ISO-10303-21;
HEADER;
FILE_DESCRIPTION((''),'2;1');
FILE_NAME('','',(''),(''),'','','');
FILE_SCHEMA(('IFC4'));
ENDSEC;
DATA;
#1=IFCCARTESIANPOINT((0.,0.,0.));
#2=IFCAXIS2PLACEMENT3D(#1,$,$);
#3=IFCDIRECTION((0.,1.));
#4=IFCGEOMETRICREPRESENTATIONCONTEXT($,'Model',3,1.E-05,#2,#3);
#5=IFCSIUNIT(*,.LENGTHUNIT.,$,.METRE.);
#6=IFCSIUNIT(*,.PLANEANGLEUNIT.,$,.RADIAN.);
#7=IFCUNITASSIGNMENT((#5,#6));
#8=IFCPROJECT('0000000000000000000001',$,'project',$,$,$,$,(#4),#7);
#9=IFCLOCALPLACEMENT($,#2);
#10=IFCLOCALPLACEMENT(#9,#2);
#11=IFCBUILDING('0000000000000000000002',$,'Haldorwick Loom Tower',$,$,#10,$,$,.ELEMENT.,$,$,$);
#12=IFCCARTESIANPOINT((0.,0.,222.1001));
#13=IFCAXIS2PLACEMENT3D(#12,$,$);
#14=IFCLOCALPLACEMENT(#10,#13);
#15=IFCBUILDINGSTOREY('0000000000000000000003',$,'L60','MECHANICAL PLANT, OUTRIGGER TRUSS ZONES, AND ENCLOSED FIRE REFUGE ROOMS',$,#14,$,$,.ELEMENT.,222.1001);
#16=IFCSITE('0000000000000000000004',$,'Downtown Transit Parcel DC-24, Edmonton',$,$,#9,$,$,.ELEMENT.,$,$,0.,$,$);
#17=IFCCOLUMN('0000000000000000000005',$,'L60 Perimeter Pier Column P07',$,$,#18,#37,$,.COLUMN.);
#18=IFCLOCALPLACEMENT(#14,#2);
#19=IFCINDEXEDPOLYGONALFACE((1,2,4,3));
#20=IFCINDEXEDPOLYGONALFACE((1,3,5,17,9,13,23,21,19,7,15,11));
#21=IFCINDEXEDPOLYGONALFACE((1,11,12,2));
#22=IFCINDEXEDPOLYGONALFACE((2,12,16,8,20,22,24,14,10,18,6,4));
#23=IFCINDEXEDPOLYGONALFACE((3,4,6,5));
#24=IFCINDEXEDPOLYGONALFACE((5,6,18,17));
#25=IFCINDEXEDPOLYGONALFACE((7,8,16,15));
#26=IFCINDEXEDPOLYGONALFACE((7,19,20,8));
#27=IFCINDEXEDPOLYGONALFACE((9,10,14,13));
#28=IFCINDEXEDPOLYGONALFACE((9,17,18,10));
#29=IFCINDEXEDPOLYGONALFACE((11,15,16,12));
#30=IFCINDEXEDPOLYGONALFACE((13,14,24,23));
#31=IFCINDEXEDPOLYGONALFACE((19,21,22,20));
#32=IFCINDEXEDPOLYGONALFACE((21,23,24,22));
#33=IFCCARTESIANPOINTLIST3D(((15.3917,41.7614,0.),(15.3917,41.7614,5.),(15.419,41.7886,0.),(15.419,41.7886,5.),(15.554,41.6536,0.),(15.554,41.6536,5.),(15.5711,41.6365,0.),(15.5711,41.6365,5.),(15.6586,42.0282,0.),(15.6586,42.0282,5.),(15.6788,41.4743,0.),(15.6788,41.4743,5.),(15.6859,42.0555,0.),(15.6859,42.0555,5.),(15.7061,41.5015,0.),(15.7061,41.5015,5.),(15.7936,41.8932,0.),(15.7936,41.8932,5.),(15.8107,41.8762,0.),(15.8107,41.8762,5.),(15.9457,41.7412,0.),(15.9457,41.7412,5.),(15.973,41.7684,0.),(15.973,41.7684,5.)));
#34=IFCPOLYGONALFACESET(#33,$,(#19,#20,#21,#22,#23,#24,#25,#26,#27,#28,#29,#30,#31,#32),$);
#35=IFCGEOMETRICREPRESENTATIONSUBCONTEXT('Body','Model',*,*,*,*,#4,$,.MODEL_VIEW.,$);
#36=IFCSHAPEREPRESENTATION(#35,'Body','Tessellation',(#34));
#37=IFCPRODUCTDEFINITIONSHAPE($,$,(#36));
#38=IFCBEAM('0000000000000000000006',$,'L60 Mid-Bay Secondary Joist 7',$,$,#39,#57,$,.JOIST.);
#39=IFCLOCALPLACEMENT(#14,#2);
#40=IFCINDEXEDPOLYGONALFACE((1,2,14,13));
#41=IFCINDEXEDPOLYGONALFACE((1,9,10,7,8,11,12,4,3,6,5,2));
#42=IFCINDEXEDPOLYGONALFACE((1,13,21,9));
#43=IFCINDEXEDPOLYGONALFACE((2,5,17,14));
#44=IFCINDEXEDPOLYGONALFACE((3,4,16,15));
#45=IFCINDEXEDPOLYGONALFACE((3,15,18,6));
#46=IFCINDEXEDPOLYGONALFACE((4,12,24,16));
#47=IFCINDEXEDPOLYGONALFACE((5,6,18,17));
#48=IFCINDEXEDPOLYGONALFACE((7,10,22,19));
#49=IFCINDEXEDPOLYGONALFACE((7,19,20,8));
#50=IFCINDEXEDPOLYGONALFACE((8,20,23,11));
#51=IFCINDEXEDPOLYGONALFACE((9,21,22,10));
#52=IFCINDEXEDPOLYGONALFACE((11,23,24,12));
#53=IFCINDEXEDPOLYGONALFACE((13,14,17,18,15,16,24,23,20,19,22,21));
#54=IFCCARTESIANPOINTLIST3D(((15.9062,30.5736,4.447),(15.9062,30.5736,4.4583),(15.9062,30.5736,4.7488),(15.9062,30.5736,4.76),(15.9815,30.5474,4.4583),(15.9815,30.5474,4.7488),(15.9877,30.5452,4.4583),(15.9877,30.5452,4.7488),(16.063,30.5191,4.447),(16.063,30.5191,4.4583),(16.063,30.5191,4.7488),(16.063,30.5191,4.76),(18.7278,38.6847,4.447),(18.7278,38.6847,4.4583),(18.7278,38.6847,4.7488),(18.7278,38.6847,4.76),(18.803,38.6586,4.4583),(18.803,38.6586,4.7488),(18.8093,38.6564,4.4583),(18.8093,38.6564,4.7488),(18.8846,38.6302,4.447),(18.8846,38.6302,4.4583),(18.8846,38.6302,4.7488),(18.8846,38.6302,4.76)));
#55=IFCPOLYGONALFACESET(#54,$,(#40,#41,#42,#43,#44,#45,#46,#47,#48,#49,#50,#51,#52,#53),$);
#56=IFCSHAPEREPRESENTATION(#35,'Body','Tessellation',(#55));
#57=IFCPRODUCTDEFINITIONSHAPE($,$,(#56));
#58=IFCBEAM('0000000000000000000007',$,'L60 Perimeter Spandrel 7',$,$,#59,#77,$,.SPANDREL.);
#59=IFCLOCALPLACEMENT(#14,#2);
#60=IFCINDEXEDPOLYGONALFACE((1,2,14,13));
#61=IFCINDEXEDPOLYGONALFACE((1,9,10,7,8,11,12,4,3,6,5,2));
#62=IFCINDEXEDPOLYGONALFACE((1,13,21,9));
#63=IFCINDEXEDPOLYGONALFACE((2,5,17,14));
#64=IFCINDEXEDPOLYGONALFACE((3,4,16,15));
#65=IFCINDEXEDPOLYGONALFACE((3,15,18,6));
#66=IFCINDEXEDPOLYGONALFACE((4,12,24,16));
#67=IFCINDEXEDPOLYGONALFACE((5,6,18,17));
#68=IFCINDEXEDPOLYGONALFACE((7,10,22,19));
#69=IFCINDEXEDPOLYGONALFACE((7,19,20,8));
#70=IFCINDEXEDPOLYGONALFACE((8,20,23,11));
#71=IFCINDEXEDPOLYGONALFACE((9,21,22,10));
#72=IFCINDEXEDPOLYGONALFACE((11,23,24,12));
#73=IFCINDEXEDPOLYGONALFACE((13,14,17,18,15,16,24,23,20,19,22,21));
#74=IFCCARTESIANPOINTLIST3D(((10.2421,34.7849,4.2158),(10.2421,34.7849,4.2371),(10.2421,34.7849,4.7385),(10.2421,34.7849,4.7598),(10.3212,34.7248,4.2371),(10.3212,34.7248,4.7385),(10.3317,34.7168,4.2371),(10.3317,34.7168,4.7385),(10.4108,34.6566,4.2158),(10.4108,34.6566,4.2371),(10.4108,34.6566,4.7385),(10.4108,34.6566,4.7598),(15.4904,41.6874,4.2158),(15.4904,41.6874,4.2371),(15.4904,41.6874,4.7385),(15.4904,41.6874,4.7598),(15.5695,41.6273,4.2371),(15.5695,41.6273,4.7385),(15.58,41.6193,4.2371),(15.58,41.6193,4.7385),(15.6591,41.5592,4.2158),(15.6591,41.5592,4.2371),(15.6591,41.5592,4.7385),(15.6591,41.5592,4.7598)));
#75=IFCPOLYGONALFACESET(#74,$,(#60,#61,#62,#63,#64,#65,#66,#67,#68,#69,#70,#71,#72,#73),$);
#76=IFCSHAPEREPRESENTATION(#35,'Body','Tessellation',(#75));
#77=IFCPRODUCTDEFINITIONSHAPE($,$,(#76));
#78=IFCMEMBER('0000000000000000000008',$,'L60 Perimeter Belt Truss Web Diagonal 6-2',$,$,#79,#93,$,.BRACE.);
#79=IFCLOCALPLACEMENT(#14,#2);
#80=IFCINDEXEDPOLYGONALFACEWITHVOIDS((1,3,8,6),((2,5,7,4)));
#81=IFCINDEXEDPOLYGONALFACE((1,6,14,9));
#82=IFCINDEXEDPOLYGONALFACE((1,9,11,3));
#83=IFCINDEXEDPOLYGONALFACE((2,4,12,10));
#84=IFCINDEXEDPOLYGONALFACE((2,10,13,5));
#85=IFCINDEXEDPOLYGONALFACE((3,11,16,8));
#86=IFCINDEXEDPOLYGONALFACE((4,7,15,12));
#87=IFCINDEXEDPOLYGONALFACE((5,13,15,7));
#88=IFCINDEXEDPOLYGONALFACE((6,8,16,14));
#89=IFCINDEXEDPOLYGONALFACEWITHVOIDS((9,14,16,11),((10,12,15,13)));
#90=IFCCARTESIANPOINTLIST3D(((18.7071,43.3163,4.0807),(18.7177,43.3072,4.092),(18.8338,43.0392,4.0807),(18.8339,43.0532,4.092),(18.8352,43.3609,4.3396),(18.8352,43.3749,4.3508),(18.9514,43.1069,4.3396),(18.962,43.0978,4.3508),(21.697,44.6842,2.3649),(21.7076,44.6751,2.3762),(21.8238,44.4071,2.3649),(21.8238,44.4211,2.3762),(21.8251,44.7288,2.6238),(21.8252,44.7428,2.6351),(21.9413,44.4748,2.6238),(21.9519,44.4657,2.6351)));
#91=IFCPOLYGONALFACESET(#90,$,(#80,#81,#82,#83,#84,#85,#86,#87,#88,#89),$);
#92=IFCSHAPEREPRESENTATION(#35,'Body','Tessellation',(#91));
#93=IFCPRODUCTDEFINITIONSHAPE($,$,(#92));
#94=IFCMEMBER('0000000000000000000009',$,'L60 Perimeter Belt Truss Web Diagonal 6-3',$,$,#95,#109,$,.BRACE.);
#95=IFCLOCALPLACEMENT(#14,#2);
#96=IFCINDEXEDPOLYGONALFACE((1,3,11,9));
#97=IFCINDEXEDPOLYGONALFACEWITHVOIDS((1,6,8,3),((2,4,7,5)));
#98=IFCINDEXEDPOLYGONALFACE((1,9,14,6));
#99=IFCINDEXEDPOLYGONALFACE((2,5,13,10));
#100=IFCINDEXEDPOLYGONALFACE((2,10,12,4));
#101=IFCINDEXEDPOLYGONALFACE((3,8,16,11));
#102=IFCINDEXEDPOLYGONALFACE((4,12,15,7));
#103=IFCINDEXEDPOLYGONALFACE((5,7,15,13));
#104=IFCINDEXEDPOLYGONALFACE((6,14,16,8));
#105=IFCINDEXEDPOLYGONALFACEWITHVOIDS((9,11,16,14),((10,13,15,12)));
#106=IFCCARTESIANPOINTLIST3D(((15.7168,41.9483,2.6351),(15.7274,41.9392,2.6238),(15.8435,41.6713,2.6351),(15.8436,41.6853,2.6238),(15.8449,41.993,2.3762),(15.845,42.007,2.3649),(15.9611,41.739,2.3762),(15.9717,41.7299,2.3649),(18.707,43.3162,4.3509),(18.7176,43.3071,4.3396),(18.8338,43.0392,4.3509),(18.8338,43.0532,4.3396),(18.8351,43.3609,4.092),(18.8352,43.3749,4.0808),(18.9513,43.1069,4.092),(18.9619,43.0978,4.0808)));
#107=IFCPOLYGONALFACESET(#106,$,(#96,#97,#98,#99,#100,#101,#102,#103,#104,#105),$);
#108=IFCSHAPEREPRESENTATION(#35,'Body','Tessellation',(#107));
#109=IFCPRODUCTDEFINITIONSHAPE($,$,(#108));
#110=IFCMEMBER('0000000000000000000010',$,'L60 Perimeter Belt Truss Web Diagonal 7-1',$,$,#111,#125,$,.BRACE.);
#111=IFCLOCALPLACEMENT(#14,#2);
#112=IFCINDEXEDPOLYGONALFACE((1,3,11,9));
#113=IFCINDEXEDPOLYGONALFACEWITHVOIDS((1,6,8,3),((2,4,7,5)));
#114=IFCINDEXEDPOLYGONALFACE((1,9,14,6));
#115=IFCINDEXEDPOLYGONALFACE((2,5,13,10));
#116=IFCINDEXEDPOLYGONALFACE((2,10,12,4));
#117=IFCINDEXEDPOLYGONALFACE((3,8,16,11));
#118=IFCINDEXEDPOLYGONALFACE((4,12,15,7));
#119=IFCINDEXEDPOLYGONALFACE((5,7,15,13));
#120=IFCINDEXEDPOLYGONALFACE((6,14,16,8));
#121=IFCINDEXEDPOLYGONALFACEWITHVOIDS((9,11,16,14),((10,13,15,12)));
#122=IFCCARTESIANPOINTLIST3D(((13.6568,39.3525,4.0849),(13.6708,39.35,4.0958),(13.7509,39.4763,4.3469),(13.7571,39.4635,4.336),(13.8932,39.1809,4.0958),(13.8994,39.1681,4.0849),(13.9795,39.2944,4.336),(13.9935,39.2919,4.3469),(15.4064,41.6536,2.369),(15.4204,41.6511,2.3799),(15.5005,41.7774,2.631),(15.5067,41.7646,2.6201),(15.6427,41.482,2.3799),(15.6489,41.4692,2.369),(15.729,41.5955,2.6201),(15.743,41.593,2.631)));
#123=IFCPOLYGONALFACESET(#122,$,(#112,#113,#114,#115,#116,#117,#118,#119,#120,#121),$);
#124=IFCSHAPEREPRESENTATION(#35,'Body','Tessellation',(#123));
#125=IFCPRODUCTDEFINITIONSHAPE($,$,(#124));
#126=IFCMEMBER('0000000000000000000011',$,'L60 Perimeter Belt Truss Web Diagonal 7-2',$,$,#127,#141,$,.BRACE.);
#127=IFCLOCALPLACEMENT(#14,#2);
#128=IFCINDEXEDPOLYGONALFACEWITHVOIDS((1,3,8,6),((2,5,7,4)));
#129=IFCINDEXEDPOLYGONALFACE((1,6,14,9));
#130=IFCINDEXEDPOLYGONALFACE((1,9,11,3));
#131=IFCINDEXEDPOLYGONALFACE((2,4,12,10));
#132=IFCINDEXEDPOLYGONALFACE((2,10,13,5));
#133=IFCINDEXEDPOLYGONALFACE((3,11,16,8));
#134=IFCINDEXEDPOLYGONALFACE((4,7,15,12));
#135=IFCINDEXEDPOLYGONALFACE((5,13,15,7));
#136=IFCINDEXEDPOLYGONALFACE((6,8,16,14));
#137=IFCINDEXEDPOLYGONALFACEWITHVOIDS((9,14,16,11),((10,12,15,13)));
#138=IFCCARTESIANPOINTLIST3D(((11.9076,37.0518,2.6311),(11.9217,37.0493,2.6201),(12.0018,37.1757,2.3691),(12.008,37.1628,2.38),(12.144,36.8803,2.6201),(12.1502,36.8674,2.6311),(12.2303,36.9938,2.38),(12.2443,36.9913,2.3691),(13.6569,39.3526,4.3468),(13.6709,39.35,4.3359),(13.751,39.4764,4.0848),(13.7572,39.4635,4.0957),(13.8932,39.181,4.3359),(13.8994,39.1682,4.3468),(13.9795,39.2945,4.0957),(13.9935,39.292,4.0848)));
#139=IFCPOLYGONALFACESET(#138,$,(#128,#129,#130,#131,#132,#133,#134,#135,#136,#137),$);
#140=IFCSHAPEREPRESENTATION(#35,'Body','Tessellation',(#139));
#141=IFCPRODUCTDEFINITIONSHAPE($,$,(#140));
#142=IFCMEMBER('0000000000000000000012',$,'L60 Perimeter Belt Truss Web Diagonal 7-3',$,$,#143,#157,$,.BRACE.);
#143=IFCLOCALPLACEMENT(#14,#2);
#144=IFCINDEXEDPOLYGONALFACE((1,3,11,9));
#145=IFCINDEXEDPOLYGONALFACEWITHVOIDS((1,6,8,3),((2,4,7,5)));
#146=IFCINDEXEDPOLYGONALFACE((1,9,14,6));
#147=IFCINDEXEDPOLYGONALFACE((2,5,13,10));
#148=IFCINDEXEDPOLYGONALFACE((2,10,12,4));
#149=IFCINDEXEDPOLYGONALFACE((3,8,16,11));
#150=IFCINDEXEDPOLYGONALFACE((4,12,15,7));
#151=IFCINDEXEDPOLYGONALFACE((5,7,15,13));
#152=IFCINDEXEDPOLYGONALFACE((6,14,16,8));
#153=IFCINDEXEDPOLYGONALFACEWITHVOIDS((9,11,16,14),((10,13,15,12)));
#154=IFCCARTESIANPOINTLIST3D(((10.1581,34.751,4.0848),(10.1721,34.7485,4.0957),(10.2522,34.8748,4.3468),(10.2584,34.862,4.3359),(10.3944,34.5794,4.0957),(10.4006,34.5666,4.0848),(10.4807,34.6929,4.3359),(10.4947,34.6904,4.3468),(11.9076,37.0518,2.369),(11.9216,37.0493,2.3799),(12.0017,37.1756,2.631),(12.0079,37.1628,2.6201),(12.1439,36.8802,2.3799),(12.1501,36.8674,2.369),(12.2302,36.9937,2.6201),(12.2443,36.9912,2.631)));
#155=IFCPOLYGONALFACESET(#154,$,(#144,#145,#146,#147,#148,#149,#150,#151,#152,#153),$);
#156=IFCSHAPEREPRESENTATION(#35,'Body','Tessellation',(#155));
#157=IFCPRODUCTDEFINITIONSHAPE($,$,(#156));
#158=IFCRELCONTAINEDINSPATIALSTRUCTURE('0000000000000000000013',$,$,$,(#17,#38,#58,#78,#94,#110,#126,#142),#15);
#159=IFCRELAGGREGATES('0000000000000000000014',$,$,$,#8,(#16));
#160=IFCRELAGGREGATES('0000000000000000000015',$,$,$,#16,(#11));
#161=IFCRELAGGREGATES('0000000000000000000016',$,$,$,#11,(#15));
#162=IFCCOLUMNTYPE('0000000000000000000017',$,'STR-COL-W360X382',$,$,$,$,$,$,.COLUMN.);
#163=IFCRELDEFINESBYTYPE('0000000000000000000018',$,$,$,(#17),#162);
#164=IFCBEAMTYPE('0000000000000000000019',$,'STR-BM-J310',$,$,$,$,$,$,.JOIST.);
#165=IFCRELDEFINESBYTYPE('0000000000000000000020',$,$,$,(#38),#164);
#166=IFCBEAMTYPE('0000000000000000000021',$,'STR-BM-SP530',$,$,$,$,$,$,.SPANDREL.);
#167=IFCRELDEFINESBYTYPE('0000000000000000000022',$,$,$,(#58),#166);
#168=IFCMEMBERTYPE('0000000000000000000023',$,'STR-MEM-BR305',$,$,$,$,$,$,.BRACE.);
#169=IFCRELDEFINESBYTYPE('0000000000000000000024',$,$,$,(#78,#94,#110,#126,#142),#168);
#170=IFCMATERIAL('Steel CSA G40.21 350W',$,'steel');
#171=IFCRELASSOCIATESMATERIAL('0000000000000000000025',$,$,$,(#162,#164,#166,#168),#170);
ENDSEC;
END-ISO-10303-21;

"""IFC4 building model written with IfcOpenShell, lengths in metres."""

from ifc_helpers import new_model, si_unit, direction, frame, origin, origin_2d, place, context, subcontext, project, spatial, hollow_rectangle, i_section, extrude, material, material_profile, profile_set, type_object, element, save


model = new_model("IFC4")

# Units and contexts
model_context = context("Model", 3, precision=1e-05, world=origin(), true_north=direction((0.0, 1.0)))
body_context = subcontext(model_context, "Body", "Model", "MODEL_VIEW")
ifc_project = project(units=[si_unit("LENGTHUNIT", "METRE"), si_unit("PLANEANGLEUNIT", "RADIAN")], contexts=[model_context])

# Site, building, storey
site_placement = place(None, origin())
site = spatial("IfcSite", under=ifc_project, at=site_placement, Name="Downtown Transit Parcel DC-24, Edmonton", CompositionType="ELEMENT", RefElevation=0.0)
building_placement = place(site_placement, origin())
building = spatial("IfcBuilding", under=site, at=building_placement, Name="Haldorwick Loom Tower", CompositionType="ELEMENT")
storey_placement = place(building_placement, frame((0.0, 0.0, 222.1001)))
storey = spatial("IfcBuildingStorey", under=building, at=storey_placement, Name="L60", Description="MECHANICAL PLANT, OUTRIGGER TRUSS ZONES, AND ENCLOSED FIRE REFUGE ROOMS", CompositionType="ELEMENT", Elevation=222.1001)

# Column
ifc_material_1 = material(Name="Steel CSA G40.21 350W", Category="steel")
ifc_material_profile_1 = material_profile(ifc_material_1, i_section(OverallWidth=0.406, OverallDepth=0.416, WebThickness=0.0242, FlangeThickness=0.0386, at=origin_2d()), Name="W360X382", Category="steel")
ifc_profile_set_1 = profile_set([ifc_material_profile_1], Name="Steel CSA G40.21 350W")
column_type = type_object("IfcColumnType", Name="STR-COL-W360X382", PredefinedType="COLUMN", material=ifc_profile_set_1)
column_placement = place(storey_placement, frame((15.6824, 41.7649, 0.0), z_axis=(0.0, 0.0, 1.0), x_axis=(-0.707107, 0.707107, 0.0)))
element("IfcColumn", 1, at=column_placement, inside=storey, type_object=column_type, Name="L60 Perimeter Pier Column P07", PredefinedType="COLUMN", context=body_context, shape_type="SweptSolid", body=[
    extrude(i_section(OverallWidth=0.406, OverallDepth=0.416, WebThickness=0.0242, FlangeThickness=0.0386, at=origin_2d()), origin(), (0.0, 0.0, 1.0), 5.0),
])

# Beams
ifc_material_profile_2 = material_profile(ifc_material_1, i_section(OverallWidth=0.166, OverallDepth=0.313, WebThickness=0.0066, FlangeThickness=0.0112, at=origin_2d()), Name="W310X45", Category="steel")
ifc_profile_set_2 = profile_set([ifc_material_profile_2], Name="Steel CSA G40.21 350W")
beam_type_1 = type_object("IfcBeamType", Name="STR-BM-J310", PredefinedType="JOIST", material=ifc_profile_set_2)
beam_1_placement = place(storey_placement, frame((18.8062, 38.6575, 4.6035), z_axis=(-0.32855, -0.944486, 0.0), x_axis=(0.944486, -0.32855, 0.0)))
element("IfcBeam", 2, at=beam_1_placement, inside=storey, type_object=beam_type_1, Name="L60 Mid-Bay Secondary Joist 7", PredefinedType="JOIST", context=body_context, shape_type="SweptSolid", body=[
    extrude(i_section(OverallWidth=0.166, OverallDepth=0.313, WebThickness=0.0066, FlangeThickness=0.0112, at=origin_2d()), origin(), (0.0, 0.0, 1.0), 8.5879),
])
ifc_material_profile_3 = material_profile(ifc_material_1, i_section(OverallWidth=0.2119, OverallDepth=0.5439, WebThickness=0.0132, FlangeThickness=0.0212, at=origin_2d()), Name="W530X123", Category="steel")
ifc_profile_set_3 = profile_set([ifc_material_profile_3], Name="Steel CSA G40.21 350W")
beam_type_2 = type_object("IfcBeamType", Name="STR-BM-SP530", PredefinedType="SPANDREL", material=ifc_profile_set_3)
beam_2_placement = place(storey_placement, frame((15.5747, 41.6233, 4.4878), z_axis=(-0.605253, -0.796033, 0.0), x_axis=(0.796033, -0.605253, 0.0)))
element("IfcBeam", 3, at=beam_2_placement, inside=storey, type_object=beam_type_2, Name="L60 Perimeter Spandrel 7", PredefinedType="SPANDREL", context=body_context, shape_type="SweptSolid", body=[
    extrude(i_section(OverallWidth=0.2119, OverallDepth=0.5439, WebThickness=0.0132, FlangeThickness=0.0212, at=origin_2d()), origin(), (0.0, 0.0, 1.0), 8.6711),
])

# Members
ifc_material_profile_4 = material_profile(ifc_material_1, hollow_rectangle(XDim=0.3047, YDim=0.3047, WallThickness=0.0127, at=origin_2d()), Name="HSS305X305X13", Category="steel")
ifc_profile_set_4 = profile_set([ifc_material_profile_4], Name="Steel CSA G40.21 350W")
member_type_1 = type_object("IfcMemberType", Name="STR-MEM-BR305", PredefinedType="BRACE", material=ifc_profile_set_4)
member_1_placement = place(storey_placement, frame((21.8245, 44.575, 2.5), z_axis=(-0.806185, -0.36883, 0.462633), x_axis=(0.416028, -0.909352, 0.0)))
element("IfcMember", 4, at=member_1_placement, inside=storey, type_object=member_type_1, Name="L60 Perimeter Belt Truss Web Diagonal 6-2", PredefinedType="BRACE", context=body_context, shape_type="SweptSolid", body=[
    extrude(hollow_rectangle(XDim=0.3047, YDim=0.3047, WallThickness=0.0127, at=origin_2d()), origin(), (0.0, 0.0, 1.0), 3.7087),
])
member_2_placement = place(storey_placement, frame((18.8345, 43.207, 4.2158), z_axis=(-0.806208, -0.36881, -0.462609), x_axis=(0.416, -0.909365, 0.0)))
element("IfcMember", 5, at=member_2_placement, inside=storey, type_object=member_type_1, Name="L60 Perimeter Belt Truss Web Diagonal 6-3", PredefinedType="BRACE", context=body_context, shape_type="SweptSolid", body=[
    extrude(hollow_rectangle(XDim=0.3047, YDim=0.3047, WallThickness=0.0127, at=origin_2d()), origin(), (0.0, 0.0, 1.0), 3.709),
])
member_3_placement = place(storey_placement, frame((15.5747, 41.6233, 2.5), z_axis=(-0.520459, -0.684527, 0.510436), x_axis=(0.79604, -0.605244, 0.0)))
element("IfcMember", 6, at=member_3_placement, inside=storey, type_object=member_type_1, Name="L60 Perimeter Belt Truss Web Diagonal 7-1", PredefinedType="BRACE", context=body_context, shape_type="SweptSolid", body=[
    extrude(hollow_rectangle(XDim=0.3047, YDim=0.3047, WallThickness=0.0127, at=origin_2d()), origin(), (0.0, 0.0, 1.0), 3.3616),
])
member_4_placement = place(storey_placement, frame((13.8252, 39.3223, 4.2158), z_axis=(-0.520432, -0.684515, -0.510481), x_axis=(0.79605, -0.605231, 0.0)))
element("IfcMember", 7, at=member_4_placement, inside=storey, type_object=member_type_1, Name="L60 Perimeter Belt Truss Web Diagonal 7-2", PredefinedType="BRACE", context=body_context, shape_type="SweptSolid", body=[
    extrude(hollow_rectangle(XDim=0.3047, YDim=0.3047, WallThickness=0.0127, at=origin_2d()), origin(), (0.0, 0.0, 1.0), 3.3611),
])
member_5_placement = place(storey_placement, frame((12.0759, 37.0215, 2.5), z_axis=(-0.520485, -0.684489, 0.510461), x_axis=(0.796009, -0.605285, 0.0)))
element("IfcMember", 8, at=member_5_placement, inside=storey, type_object=member_type_1, Name="L60 Perimeter Belt Truss Web Diagonal 7-3", PredefinedType="BRACE", context=body_context, shape_type="SweptSolid", body=[
    extrude(hollow_rectangle(XDim=0.3047, YDim=0.3047, WallThickness=0.0127, at=origin_2d()), origin(), (0.0, 0.0, 1.0), 3.3613),
])

save(model, "model.ifc")
